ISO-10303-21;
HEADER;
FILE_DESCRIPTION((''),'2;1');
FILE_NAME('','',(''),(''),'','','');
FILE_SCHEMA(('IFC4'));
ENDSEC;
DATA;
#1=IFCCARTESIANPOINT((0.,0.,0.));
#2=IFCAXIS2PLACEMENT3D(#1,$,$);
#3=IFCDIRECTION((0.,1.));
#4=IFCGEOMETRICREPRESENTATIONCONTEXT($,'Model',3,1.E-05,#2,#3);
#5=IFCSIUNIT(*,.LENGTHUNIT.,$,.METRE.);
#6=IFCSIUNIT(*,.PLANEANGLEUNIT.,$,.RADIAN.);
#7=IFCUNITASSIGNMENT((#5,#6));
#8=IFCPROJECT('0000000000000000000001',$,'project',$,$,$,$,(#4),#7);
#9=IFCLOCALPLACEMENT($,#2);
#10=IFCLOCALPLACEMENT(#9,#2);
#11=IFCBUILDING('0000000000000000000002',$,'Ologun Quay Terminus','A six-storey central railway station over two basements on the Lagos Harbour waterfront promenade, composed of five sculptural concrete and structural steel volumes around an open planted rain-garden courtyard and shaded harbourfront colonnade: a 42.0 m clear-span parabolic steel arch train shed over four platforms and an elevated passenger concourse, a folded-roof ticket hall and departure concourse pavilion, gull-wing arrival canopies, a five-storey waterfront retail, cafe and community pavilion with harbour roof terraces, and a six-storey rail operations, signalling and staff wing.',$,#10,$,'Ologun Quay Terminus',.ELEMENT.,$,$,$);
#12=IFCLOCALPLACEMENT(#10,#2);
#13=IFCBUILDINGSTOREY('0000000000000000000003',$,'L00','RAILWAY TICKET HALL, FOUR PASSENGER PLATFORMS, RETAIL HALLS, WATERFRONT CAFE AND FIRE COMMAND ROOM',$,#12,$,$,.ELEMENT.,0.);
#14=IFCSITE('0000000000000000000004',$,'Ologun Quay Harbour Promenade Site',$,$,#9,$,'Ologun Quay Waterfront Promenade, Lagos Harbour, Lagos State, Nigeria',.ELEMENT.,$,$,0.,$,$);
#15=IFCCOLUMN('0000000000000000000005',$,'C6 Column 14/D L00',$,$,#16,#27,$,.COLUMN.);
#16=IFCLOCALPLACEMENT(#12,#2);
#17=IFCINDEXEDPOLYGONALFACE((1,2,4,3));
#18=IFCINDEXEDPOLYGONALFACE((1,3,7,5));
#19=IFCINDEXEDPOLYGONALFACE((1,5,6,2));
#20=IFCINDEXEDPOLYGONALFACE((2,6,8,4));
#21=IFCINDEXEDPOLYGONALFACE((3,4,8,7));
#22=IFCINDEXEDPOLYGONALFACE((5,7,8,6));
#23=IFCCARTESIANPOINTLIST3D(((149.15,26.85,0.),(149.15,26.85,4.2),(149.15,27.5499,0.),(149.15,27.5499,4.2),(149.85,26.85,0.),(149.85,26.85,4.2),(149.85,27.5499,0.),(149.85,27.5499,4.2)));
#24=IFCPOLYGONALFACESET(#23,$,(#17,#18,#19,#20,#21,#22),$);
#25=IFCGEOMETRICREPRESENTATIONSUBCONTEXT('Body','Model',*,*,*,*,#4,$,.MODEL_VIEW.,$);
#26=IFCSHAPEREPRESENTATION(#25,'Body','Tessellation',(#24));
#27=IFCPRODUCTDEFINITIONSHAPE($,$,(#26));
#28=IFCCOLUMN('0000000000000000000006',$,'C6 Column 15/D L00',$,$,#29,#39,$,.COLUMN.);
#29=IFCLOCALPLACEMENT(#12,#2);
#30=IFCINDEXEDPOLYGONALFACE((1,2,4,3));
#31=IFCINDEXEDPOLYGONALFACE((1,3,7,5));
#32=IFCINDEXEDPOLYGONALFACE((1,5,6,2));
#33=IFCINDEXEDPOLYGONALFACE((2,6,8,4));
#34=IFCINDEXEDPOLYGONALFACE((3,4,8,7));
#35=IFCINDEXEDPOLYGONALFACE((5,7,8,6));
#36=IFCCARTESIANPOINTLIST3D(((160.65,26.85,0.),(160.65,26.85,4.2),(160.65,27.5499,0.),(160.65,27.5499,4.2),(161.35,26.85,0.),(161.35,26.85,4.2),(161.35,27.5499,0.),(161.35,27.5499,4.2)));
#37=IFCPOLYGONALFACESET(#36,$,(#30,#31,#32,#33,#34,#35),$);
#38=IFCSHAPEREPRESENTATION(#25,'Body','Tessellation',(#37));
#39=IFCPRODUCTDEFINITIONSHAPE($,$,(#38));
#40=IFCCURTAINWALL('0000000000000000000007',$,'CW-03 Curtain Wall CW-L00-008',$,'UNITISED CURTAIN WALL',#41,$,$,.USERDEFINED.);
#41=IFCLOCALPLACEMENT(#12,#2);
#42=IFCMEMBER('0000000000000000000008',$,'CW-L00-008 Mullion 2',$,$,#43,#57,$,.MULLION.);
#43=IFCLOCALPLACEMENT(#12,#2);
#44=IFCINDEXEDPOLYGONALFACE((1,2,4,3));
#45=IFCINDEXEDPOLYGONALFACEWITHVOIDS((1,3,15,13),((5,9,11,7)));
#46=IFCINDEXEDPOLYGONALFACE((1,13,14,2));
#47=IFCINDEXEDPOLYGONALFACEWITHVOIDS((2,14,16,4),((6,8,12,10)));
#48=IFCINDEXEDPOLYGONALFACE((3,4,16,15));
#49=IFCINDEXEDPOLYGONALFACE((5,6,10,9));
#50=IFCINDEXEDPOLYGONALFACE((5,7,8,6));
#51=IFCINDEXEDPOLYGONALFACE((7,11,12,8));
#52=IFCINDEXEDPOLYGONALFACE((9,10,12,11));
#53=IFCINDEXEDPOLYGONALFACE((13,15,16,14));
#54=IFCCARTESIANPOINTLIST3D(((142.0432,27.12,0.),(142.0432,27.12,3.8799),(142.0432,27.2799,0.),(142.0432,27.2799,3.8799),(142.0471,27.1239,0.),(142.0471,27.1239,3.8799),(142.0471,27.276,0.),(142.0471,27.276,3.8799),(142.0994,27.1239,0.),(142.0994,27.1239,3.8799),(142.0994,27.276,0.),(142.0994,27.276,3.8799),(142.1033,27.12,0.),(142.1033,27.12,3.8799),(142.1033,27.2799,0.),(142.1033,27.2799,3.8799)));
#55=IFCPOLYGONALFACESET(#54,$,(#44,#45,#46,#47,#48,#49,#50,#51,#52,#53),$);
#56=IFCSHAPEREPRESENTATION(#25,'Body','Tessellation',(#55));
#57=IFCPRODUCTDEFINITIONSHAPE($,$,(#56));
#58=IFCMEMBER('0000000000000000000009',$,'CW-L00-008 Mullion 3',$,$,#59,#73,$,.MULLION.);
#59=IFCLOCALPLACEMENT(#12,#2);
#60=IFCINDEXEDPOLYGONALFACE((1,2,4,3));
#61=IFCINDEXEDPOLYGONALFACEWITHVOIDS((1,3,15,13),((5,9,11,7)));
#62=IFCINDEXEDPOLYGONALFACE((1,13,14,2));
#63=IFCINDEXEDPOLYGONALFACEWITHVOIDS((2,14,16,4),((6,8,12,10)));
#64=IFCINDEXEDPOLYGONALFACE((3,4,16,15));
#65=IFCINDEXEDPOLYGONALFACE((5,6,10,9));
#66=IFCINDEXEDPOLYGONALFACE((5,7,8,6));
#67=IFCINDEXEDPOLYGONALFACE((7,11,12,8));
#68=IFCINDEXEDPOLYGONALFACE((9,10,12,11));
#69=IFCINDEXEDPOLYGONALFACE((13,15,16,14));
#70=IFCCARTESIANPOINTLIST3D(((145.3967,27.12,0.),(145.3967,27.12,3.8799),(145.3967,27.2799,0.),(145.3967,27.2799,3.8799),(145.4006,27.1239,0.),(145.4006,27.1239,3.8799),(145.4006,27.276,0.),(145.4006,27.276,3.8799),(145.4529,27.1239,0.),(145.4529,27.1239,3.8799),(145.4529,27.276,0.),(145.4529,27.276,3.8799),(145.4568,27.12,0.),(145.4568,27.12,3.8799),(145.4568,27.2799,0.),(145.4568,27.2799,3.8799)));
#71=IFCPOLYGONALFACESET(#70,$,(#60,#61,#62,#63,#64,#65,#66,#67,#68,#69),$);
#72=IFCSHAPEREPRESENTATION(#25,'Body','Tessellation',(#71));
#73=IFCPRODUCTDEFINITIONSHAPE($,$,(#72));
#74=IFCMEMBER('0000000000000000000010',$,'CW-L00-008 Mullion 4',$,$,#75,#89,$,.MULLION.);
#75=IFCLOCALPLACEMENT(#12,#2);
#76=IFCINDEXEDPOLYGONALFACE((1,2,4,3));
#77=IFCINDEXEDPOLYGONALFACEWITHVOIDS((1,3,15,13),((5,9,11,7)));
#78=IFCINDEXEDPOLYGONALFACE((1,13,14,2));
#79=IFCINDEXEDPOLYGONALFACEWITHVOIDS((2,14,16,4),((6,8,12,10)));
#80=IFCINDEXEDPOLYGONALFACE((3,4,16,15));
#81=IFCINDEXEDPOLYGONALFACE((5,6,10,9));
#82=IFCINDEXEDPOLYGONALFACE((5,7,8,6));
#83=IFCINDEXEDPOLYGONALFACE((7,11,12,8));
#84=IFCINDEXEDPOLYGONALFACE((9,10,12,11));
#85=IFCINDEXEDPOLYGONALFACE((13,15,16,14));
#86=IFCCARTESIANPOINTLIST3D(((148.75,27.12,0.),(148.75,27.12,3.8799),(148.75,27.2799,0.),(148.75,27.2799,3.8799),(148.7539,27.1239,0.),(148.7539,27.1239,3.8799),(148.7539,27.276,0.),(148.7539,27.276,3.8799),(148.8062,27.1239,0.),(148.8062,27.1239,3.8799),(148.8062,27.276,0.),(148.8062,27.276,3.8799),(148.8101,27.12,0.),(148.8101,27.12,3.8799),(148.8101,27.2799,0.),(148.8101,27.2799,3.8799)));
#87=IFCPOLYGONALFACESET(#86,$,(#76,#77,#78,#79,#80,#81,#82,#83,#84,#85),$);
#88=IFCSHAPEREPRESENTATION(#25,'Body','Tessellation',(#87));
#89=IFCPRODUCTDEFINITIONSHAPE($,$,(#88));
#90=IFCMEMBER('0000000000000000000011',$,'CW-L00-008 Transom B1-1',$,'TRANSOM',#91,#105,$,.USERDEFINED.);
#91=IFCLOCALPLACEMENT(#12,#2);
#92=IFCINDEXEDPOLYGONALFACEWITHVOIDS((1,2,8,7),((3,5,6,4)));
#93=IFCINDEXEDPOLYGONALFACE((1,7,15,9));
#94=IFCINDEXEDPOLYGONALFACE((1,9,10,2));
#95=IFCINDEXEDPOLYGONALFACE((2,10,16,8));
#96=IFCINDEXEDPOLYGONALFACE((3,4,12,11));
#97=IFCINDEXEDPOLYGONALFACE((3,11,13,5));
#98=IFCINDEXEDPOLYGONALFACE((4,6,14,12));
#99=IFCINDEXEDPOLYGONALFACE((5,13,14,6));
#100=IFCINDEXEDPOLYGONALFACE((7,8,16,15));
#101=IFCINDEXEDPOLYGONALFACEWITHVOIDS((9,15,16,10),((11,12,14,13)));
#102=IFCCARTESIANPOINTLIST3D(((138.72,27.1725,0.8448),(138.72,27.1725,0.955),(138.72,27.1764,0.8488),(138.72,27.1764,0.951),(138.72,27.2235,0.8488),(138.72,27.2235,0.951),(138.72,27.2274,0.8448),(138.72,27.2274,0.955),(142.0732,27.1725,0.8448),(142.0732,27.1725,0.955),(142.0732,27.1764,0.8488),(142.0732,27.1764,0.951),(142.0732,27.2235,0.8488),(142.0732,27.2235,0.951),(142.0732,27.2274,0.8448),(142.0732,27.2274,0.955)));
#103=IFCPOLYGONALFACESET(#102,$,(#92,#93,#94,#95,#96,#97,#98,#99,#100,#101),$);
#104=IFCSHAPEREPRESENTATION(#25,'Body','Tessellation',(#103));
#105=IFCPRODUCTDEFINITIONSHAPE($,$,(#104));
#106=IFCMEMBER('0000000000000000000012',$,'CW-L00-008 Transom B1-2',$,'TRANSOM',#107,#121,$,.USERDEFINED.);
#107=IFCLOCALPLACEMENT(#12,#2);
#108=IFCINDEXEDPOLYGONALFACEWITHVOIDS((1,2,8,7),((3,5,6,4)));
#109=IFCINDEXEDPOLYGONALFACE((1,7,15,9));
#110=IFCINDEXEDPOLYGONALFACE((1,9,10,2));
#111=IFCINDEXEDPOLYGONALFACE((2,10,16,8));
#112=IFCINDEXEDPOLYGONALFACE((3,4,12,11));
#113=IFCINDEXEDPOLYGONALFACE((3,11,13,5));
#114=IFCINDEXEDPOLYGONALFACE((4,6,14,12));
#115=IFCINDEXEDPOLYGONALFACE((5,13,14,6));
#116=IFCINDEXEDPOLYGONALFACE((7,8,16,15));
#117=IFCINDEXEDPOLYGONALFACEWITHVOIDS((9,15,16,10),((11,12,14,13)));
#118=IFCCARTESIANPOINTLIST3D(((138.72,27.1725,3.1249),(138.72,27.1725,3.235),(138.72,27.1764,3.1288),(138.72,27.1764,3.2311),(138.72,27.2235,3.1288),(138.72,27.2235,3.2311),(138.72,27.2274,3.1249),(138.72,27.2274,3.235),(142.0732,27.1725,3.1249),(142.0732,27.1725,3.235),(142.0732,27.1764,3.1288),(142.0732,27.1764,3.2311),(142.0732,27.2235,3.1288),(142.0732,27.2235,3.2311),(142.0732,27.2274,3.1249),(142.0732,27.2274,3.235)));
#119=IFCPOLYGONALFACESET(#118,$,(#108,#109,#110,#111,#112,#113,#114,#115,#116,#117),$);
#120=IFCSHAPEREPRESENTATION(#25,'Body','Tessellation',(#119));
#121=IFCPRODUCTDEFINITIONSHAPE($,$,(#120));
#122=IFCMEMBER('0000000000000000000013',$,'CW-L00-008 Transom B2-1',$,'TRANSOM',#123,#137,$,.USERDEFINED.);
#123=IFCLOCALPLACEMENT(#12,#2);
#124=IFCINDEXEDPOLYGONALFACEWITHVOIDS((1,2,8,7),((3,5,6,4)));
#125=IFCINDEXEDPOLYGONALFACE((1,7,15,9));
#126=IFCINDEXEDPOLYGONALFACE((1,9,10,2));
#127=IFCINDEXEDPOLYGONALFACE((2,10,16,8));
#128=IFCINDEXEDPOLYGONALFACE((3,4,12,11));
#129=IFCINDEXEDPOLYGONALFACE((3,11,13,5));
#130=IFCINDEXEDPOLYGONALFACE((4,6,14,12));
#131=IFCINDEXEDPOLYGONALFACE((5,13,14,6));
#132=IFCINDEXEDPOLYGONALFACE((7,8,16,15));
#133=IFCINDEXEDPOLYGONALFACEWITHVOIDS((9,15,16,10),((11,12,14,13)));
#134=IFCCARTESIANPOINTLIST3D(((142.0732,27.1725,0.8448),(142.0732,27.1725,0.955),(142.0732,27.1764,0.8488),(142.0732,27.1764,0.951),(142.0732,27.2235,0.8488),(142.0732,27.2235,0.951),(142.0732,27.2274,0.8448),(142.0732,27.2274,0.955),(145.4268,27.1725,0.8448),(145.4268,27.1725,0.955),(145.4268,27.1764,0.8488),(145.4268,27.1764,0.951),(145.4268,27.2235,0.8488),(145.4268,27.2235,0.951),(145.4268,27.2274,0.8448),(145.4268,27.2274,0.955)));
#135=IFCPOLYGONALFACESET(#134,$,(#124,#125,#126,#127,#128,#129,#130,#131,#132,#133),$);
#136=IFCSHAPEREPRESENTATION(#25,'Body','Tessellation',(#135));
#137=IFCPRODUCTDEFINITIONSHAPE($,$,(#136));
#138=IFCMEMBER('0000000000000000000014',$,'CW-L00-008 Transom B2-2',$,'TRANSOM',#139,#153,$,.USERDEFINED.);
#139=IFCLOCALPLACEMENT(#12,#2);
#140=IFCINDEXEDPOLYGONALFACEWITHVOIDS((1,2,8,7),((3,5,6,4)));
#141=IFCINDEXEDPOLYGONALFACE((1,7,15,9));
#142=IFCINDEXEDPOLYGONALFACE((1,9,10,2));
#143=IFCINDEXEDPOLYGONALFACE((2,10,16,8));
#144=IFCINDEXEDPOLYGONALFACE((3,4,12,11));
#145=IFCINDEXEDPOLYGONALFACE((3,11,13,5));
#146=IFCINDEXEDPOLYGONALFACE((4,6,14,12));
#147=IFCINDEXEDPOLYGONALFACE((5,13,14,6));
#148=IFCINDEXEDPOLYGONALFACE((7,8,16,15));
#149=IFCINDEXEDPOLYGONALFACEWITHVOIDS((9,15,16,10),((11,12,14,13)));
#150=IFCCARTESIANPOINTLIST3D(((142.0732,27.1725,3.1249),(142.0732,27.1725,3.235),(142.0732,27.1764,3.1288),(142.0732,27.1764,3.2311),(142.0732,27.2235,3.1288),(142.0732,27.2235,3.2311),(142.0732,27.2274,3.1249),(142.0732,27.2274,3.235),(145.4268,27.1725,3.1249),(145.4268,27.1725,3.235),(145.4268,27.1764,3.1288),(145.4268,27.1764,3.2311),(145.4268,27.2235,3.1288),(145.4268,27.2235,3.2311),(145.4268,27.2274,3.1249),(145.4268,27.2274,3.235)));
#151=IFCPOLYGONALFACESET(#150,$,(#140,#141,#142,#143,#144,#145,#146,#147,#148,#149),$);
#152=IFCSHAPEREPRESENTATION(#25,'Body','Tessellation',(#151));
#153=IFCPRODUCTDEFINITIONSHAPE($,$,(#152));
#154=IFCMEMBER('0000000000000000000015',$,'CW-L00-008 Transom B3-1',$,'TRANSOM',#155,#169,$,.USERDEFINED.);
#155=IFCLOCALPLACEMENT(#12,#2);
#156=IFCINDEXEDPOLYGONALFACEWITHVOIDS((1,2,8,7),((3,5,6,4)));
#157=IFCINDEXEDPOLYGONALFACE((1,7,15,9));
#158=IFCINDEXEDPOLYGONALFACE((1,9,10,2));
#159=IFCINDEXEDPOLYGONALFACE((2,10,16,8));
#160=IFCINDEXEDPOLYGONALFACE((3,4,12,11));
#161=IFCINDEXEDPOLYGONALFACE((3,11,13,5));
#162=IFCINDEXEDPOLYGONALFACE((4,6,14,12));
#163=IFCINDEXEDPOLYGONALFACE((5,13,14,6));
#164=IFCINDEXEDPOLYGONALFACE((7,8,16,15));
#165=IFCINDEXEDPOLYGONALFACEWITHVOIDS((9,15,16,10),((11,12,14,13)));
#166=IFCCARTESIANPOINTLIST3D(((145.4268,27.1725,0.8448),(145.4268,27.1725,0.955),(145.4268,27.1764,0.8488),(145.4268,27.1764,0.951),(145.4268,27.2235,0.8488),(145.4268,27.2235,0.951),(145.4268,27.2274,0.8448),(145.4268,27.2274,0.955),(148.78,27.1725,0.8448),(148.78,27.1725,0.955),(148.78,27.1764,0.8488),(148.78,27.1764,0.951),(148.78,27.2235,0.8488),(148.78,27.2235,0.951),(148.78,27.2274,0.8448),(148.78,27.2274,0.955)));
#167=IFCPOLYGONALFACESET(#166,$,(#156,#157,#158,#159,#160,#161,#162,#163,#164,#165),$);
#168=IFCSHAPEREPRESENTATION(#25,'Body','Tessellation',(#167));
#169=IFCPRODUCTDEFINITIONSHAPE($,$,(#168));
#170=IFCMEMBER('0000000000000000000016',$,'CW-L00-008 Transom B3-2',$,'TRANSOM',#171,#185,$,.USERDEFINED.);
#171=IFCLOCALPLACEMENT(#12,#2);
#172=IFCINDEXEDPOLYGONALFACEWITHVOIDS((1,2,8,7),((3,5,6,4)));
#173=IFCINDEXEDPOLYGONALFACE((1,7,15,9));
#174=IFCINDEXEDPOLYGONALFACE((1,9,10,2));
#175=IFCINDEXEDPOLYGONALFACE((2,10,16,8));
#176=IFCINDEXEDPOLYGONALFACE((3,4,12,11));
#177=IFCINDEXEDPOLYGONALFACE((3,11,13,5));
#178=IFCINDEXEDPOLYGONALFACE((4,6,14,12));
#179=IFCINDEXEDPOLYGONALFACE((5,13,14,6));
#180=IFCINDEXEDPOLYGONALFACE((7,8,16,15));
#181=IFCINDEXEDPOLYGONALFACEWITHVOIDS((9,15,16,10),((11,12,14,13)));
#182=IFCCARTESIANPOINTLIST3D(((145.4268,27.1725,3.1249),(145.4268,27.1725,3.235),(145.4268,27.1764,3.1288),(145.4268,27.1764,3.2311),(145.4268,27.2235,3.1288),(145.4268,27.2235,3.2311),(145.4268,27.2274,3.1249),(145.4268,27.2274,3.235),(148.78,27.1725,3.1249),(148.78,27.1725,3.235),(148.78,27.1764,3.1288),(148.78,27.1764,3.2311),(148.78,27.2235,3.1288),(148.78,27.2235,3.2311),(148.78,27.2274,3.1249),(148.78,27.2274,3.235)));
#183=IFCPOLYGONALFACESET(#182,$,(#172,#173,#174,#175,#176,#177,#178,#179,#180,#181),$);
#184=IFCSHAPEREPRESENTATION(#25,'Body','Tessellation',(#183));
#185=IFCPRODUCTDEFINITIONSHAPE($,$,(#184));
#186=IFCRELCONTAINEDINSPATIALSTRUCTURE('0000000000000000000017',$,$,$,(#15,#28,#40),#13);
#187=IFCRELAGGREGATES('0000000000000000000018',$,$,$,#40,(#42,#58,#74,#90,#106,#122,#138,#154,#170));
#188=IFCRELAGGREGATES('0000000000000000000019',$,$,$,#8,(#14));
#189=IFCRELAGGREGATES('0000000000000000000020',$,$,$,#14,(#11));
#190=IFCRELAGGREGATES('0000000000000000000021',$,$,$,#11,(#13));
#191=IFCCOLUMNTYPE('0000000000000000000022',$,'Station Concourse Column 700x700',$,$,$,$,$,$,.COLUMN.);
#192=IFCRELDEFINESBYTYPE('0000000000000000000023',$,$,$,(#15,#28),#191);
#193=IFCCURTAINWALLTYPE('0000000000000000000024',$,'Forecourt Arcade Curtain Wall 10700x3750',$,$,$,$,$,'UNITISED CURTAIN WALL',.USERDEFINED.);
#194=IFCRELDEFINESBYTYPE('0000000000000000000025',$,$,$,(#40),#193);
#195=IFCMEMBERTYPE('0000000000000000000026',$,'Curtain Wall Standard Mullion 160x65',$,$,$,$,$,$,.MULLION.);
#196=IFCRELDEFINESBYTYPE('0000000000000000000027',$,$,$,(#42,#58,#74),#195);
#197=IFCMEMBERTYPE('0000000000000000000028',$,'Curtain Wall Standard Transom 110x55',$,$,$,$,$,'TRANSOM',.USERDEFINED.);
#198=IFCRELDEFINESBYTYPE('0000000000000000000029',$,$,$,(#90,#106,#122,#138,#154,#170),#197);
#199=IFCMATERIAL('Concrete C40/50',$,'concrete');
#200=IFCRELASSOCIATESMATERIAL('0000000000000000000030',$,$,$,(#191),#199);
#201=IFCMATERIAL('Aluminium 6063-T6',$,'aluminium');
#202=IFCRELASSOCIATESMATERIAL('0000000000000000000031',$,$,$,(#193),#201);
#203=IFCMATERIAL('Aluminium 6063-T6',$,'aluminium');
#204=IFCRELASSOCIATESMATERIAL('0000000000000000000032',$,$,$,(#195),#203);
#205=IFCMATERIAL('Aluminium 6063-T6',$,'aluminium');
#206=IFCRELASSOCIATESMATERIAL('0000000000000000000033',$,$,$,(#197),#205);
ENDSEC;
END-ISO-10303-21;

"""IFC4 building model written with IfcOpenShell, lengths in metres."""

from ifc_helpers import new_model, si_unit, direction, frame, origin, origin_2d, place, context, subcontext, project, spatial, rectangle, hollow_rectangle, extrude, material, material_profile, profile_set, type_object, element, aggregate, save


model = new_model("IFC4")

# Units and contexts
model_context = context("Model", 3, precision=1e-05, world=origin(), true_north=direction((0.0, 1.0)))
body_context = subcontext(model_context, "Body", "Model", "MODEL_VIEW")
ifc_project = project(units=[si_unit("LENGTHUNIT", "METRE"), si_unit("PLANEANGLEUNIT", "RADIAN")], contexts=[model_context])

# Site, building, storey
site_placement = place(None, origin())
site = spatial("IfcSite", under=ifc_project, at=site_placement, Name="Ologun Quay Harbour Promenade Site", LongName="Ologun Quay Waterfront Promenade, Lagos Harbour, Lagos State, Nigeria", CompositionType="ELEMENT", RefElevation=0.0)
building_placement = place(site_placement, origin())
building = spatial("IfcBuilding", under=site, at=building_placement, Name="Ologun Quay Terminus", Description="A six-storey central railway station over two basements on the Lagos Harbour waterfront promenade, composed of five sculptural concrete and structural steel volumes around an open planted rain-garden courtyard and shaded harbourfront colonnade: a 42.0 m clear-span parabolic steel arch train shed over four platforms and an elevated passenger concourse, a folded-roof ticket hall and departure concourse pavilion, gull-wing arrival canopies, a five-storey waterfront retail, cafe and community pavilion with harbour roof terraces, and a six-storey rail operations, signalling and staff wing.", LongName="Ologun Quay Terminus", CompositionType="ELEMENT")
storey_placement = place(building_placement, origin())
storey = spatial("IfcBuildingStorey", under=building, at=storey_placement, Name="L00", Description="RAILWAY TICKET HALL, FOUR PASSENGER PLATFORMS, RETAIL HALLS, WATERFRONT CAFE AND FIRE COMMAND ROOM", CompositionType="ELEMENT", Elevation=0.0)

# Columns
ifc_material_1 = material(Name="Concrete C40/50", Category="concrete")
ifc_material_profile_1 = material_profile(ifc_material_1, rectangle(XDim=0.7, YDim=0.7, at=origin_2d()), Name="RC 700x700")
ifc_profile_set_1 = profile_set([ifc_material_profile_1], Name="Concrete C40/50")
column_type = type_object("IfcColumnType", Name="Station Concourse Column 700x700", PredefinedType="COLUMN", material=ifc_profile_set_1)
for number, where, z_axis, x_axis, name in (
    (1, (149.5, 27.2, 0.0), (0.0, 0.0, 1.0), (1.0, 0.0, 0.0), "C6 Column 14/D L00"),
    (2, (161.0, 27.2, 0.0), (0.0, 0.0, 1.0), (1.0, 0.0, 0.0), "C6 Column 15/D L00"),
):
    element("IfcColumn", number, at=place(storey_placement, frame(where, z_axis=z_axis, x_axis=x_axis)), inside=storey, type_object=column_type, Name=name, PredefinedType="COLUMN", context=body_context, shape_type="SweptSolid", body=[
        extrude(rectangle(XDim=0.7, YDim=0.7, at=origin_2d()), origin(), (0.0, 0.0, 1.0), 4.2),
    ])

# Curtain wall, members
ifc_material_2 = material(Name="Aluminium 6063-T6", Category="aluminium")
curtain_wall_type = type_object("IfcCurtainWallType", Name="Forecourt Arcade Curtain Wall 10700x3750", ElementType="UNITISED CURTAIN WALL", PredefinedType="USERDEFINED", material=ifc_material_2)
curtain_wall_placement = place(storey_placement, origin())
curtain_wall = element("IfcCurtainWall", 3, at=curtain_wall_placement, inside=storey, type_object=curtain_wall_type, Name="CW-03 Curtain Wall CW-L00-008", ObjectType="UNITISED CURTAIN WALL", PredefinedType="USERDEFINED")
ifc_material_3 = material(Name="Aluminium 6063-T6", Category="aluminium")
ifc_material_profile_2 = material_profile(ifc_material_3, hollow_rectangle(XDim=0.0601, YDim=0.1599, WallThickness=0.0039, at=origin_2d()), Name="ALU 160x60x4")
ifc_profile_set_2 = profile_set([ifc_material_profile_2], Name="Aluminium 6063-T6")
member_type_1 = type_object("IfcMemberType", Name="Curtain Wall Standard Mullion 160x65", PredefinedType="MULLION", material=ifc_profile_set_2)
member_1_placement = place(storey_placement, frame((142.0732, 27.2, 0.0), z_axis=(0.0, 0.0, 1.0), x_axis=(1.0, 0.0, 0.0)))
member_1 = element("IfcMember", 4, at=member_1_placement, type_object=member_type_1, Name="CW-L00-008 Mullion 2", PredefinedType="MULLION", context=body_context, shape_type="SweptSolid", body=[
    extrude(hollow_rectangle(XDim=0.0601, YDim=0.1599, WallThickness=0.0039, at=origin_2d()), origin(), (0.0, 0.0, 1.0), 3.8799),
])
member_2_placement = place(storey_placement, frame((145.4268, 27.2, 0.0), z_axis=(0.0, 0.0, 1.0), x_axis=(1.0, 0.0, 0.0)))
member_2 = element("IfcMember", 5, at=member_2_placement, type_object=member_type_1, Name="CW-L00-008 Mullion 3", PredefinedType="MULLION", context=body_context, shape_type="SweptSolid", body=[
    extrude(hollow_rectangle(XDim=0.0601, YDim=0.1599, WallThickness=0.0039, at=origin_2d()), origin(), (0.0, 0.0, 1.0), 3.8799),
])
member_3_placement = place(storey_placement, frame((148.78, 27.2, 0.0), z_axis=(0.0, 0.0, 1.0), x_axis=(1.0, 0.0, 0.0)))
member_3 = element("IfcMember", 6, at=member_3_placement, type_object=member_type_1, Name="CW-L00-008 Mullion 4", PredefinedType="MULLION", context=body_context, shape_type="SweptSolid", body=[
    extrude(hollow_rectangle(XDim=0.0601, YDim=0.1599, WallThickness=0.0039, at=origin_2d()), origin(), (0.0, 0.0, 1.0), 3.8799),
])
ifc_material_4 = material(Name="Aluminium 6063-T6", Category="aluminium")
ifc_material_profile_3 = material_profile(ifc_material_4, hollow_rectangle(XDim=0.0549, YDim=0.1101, WallThickness=0.0039, at=origin_2d()), Name="ALU 110x55x4")
ifc_profile_set_3 = profile_set([ifc_material_profile_3], Name="Aluminium 6063-T6")
member_type_2 = type_object("IfcMemberType", Name="Curtain Wall Standard Transom 110x55", ElementType="TRANSOM", PredefinedType="USERDEFINED", material=ifc_profile_set_3)
member_4_placement = place(storey_placement, frame((138.72, 27.2, 0.8999), z_axis=(1.0, 0.0, 0.0), x_axis=(0.0, 1.0, 0.0)))
member_4 = element("IfcMember", 7, at=member_4_placement, type_object=member_type_2, Name="CW-L00-008 Transom B1-1", ObjectType="TRANSOM", PredefinedType="USERDEFINED", context=body_context, shape_type="SweptSolid", body=[
    extrude(hollow_rectangle(XDim=0.0549, YDim=0.1101, WallThickness=0.0039, at=origin_2d()), origin(), (0.0, 0.0, 1.0), 3.3533),
])
member_5_placement = place(storey_placement, frame((138.72, 27.2, 3.1799), z_axis=(1.0, 0.0, 0.0), x_axis=(0.0, 1.0, 0.0)))
member_5 = element("IfcMember", 8, at=member_5_placement, type_object=member_type_2, Name="CW-L00-008 Transom B1-2", ObjectType="TRANSOM", PredefinedType="USERDEFINED", context=body_context, shape_type="SweptSolid", body=[
    extrude(hollow_rectangle(XDim=0.0549, YDim=0.1101, WallThickness=0.0039, at=origin_2d()), origin(), (0.0, 0.0, 1.0), 3.3533),
])
member_6_placement = place(storey_placement, frame((142.0732, 27.2, 0.8999), z_axis=(1.0, 0.0, 0.0), x_axis=(0.0, 1.0, 0.0)))
member_6 = element("IfcMember", 9, at=member_6_placement, type_object=member_type_2, Name="CW-L00-008 Transom B2-1", ObjectType="TRANSOM", PredefinedType="USERDEFINED", context=body_context, shape_type="SweptSolid", body=[
    extrude(hollow_rectangle(XDim=0.0549, YDim=0.1101, WallThickness=0.0039, at=origin_2d()), origin(), (0.0, 0.0, 1.0), 3.3535),
])
member_7_placement = place(storey_placement, frame((142.0732, 27.2, 3.1799), z_axis=(1.0, 0.0, 0.0), x_axis=(0.0, 1.0, 0.0)))
member_7 = element("IfcMember", 10, at=member_7_placement, type_object=member_type_2, Name="CW-L00-008 Transom B2-2", ObjectType="TRANSOM", PredefinedType="USERDEFINED", context=body_context, shape_type="SweptSolid", body=[
    extrude(hollow_rectangle(XDim=0.0549, YDim=0.1101, WallThickness=0.0039, at=origin_2d()), origin(), (0.0, 0.0, 1.0), 3.3535),
])
member_8_placement = place(storey_placement, frame((145.4268, 27.2, 0.8999), z_axis=(1.0, 0.0, 0.0), x_axis=(0.0, 1.0, 0.0)))
member_8 = element("IfcMember", 11, at=member_8_placement, type_object=member_type_2, Name="CW-L00-008 Transom B3-1", ObjectType="TRANSOM", PredefinedType="USERDEFINED", context=body_context, shape_type="SweptSolid", body=[
    extrude(hollow_rectangle(XDim=0.0549, YDim=0.1101, WallThickness=0.0039, at=origin_2d()), origin(), (0.0, 0.0, 1.0), 3.3533),
])
member_9_placement = place(storey_placement, frame((145.4268, 27.2, 3.1799), z_axis=(1.0, 0.0, 0.0), x_axis=(0.0, 1.0, 0.0)))
member_9 = element("IfcMember", 12, at=member_9_placement, type_object=member_type_2, Name="CW-L00-008 Transom B3-2", ObjectType="TRANSOM", PredefinedType="USERDEFINED", context=body_context, shape_type="SweptSolid", body=[
    extrude(hollow_rectangle(XDim=0.0549, YDim=0.1101, WallThickness=0.0039, at=origin_2d()), origin(), (0.0, 0.0, 1.0), 3.3533),
])

aggregate(curtain_wall, [member_1, member_2, member_3, member_4, member_5, member_6, member_7, member_8, member_9])

save(model, "model.ifc")
